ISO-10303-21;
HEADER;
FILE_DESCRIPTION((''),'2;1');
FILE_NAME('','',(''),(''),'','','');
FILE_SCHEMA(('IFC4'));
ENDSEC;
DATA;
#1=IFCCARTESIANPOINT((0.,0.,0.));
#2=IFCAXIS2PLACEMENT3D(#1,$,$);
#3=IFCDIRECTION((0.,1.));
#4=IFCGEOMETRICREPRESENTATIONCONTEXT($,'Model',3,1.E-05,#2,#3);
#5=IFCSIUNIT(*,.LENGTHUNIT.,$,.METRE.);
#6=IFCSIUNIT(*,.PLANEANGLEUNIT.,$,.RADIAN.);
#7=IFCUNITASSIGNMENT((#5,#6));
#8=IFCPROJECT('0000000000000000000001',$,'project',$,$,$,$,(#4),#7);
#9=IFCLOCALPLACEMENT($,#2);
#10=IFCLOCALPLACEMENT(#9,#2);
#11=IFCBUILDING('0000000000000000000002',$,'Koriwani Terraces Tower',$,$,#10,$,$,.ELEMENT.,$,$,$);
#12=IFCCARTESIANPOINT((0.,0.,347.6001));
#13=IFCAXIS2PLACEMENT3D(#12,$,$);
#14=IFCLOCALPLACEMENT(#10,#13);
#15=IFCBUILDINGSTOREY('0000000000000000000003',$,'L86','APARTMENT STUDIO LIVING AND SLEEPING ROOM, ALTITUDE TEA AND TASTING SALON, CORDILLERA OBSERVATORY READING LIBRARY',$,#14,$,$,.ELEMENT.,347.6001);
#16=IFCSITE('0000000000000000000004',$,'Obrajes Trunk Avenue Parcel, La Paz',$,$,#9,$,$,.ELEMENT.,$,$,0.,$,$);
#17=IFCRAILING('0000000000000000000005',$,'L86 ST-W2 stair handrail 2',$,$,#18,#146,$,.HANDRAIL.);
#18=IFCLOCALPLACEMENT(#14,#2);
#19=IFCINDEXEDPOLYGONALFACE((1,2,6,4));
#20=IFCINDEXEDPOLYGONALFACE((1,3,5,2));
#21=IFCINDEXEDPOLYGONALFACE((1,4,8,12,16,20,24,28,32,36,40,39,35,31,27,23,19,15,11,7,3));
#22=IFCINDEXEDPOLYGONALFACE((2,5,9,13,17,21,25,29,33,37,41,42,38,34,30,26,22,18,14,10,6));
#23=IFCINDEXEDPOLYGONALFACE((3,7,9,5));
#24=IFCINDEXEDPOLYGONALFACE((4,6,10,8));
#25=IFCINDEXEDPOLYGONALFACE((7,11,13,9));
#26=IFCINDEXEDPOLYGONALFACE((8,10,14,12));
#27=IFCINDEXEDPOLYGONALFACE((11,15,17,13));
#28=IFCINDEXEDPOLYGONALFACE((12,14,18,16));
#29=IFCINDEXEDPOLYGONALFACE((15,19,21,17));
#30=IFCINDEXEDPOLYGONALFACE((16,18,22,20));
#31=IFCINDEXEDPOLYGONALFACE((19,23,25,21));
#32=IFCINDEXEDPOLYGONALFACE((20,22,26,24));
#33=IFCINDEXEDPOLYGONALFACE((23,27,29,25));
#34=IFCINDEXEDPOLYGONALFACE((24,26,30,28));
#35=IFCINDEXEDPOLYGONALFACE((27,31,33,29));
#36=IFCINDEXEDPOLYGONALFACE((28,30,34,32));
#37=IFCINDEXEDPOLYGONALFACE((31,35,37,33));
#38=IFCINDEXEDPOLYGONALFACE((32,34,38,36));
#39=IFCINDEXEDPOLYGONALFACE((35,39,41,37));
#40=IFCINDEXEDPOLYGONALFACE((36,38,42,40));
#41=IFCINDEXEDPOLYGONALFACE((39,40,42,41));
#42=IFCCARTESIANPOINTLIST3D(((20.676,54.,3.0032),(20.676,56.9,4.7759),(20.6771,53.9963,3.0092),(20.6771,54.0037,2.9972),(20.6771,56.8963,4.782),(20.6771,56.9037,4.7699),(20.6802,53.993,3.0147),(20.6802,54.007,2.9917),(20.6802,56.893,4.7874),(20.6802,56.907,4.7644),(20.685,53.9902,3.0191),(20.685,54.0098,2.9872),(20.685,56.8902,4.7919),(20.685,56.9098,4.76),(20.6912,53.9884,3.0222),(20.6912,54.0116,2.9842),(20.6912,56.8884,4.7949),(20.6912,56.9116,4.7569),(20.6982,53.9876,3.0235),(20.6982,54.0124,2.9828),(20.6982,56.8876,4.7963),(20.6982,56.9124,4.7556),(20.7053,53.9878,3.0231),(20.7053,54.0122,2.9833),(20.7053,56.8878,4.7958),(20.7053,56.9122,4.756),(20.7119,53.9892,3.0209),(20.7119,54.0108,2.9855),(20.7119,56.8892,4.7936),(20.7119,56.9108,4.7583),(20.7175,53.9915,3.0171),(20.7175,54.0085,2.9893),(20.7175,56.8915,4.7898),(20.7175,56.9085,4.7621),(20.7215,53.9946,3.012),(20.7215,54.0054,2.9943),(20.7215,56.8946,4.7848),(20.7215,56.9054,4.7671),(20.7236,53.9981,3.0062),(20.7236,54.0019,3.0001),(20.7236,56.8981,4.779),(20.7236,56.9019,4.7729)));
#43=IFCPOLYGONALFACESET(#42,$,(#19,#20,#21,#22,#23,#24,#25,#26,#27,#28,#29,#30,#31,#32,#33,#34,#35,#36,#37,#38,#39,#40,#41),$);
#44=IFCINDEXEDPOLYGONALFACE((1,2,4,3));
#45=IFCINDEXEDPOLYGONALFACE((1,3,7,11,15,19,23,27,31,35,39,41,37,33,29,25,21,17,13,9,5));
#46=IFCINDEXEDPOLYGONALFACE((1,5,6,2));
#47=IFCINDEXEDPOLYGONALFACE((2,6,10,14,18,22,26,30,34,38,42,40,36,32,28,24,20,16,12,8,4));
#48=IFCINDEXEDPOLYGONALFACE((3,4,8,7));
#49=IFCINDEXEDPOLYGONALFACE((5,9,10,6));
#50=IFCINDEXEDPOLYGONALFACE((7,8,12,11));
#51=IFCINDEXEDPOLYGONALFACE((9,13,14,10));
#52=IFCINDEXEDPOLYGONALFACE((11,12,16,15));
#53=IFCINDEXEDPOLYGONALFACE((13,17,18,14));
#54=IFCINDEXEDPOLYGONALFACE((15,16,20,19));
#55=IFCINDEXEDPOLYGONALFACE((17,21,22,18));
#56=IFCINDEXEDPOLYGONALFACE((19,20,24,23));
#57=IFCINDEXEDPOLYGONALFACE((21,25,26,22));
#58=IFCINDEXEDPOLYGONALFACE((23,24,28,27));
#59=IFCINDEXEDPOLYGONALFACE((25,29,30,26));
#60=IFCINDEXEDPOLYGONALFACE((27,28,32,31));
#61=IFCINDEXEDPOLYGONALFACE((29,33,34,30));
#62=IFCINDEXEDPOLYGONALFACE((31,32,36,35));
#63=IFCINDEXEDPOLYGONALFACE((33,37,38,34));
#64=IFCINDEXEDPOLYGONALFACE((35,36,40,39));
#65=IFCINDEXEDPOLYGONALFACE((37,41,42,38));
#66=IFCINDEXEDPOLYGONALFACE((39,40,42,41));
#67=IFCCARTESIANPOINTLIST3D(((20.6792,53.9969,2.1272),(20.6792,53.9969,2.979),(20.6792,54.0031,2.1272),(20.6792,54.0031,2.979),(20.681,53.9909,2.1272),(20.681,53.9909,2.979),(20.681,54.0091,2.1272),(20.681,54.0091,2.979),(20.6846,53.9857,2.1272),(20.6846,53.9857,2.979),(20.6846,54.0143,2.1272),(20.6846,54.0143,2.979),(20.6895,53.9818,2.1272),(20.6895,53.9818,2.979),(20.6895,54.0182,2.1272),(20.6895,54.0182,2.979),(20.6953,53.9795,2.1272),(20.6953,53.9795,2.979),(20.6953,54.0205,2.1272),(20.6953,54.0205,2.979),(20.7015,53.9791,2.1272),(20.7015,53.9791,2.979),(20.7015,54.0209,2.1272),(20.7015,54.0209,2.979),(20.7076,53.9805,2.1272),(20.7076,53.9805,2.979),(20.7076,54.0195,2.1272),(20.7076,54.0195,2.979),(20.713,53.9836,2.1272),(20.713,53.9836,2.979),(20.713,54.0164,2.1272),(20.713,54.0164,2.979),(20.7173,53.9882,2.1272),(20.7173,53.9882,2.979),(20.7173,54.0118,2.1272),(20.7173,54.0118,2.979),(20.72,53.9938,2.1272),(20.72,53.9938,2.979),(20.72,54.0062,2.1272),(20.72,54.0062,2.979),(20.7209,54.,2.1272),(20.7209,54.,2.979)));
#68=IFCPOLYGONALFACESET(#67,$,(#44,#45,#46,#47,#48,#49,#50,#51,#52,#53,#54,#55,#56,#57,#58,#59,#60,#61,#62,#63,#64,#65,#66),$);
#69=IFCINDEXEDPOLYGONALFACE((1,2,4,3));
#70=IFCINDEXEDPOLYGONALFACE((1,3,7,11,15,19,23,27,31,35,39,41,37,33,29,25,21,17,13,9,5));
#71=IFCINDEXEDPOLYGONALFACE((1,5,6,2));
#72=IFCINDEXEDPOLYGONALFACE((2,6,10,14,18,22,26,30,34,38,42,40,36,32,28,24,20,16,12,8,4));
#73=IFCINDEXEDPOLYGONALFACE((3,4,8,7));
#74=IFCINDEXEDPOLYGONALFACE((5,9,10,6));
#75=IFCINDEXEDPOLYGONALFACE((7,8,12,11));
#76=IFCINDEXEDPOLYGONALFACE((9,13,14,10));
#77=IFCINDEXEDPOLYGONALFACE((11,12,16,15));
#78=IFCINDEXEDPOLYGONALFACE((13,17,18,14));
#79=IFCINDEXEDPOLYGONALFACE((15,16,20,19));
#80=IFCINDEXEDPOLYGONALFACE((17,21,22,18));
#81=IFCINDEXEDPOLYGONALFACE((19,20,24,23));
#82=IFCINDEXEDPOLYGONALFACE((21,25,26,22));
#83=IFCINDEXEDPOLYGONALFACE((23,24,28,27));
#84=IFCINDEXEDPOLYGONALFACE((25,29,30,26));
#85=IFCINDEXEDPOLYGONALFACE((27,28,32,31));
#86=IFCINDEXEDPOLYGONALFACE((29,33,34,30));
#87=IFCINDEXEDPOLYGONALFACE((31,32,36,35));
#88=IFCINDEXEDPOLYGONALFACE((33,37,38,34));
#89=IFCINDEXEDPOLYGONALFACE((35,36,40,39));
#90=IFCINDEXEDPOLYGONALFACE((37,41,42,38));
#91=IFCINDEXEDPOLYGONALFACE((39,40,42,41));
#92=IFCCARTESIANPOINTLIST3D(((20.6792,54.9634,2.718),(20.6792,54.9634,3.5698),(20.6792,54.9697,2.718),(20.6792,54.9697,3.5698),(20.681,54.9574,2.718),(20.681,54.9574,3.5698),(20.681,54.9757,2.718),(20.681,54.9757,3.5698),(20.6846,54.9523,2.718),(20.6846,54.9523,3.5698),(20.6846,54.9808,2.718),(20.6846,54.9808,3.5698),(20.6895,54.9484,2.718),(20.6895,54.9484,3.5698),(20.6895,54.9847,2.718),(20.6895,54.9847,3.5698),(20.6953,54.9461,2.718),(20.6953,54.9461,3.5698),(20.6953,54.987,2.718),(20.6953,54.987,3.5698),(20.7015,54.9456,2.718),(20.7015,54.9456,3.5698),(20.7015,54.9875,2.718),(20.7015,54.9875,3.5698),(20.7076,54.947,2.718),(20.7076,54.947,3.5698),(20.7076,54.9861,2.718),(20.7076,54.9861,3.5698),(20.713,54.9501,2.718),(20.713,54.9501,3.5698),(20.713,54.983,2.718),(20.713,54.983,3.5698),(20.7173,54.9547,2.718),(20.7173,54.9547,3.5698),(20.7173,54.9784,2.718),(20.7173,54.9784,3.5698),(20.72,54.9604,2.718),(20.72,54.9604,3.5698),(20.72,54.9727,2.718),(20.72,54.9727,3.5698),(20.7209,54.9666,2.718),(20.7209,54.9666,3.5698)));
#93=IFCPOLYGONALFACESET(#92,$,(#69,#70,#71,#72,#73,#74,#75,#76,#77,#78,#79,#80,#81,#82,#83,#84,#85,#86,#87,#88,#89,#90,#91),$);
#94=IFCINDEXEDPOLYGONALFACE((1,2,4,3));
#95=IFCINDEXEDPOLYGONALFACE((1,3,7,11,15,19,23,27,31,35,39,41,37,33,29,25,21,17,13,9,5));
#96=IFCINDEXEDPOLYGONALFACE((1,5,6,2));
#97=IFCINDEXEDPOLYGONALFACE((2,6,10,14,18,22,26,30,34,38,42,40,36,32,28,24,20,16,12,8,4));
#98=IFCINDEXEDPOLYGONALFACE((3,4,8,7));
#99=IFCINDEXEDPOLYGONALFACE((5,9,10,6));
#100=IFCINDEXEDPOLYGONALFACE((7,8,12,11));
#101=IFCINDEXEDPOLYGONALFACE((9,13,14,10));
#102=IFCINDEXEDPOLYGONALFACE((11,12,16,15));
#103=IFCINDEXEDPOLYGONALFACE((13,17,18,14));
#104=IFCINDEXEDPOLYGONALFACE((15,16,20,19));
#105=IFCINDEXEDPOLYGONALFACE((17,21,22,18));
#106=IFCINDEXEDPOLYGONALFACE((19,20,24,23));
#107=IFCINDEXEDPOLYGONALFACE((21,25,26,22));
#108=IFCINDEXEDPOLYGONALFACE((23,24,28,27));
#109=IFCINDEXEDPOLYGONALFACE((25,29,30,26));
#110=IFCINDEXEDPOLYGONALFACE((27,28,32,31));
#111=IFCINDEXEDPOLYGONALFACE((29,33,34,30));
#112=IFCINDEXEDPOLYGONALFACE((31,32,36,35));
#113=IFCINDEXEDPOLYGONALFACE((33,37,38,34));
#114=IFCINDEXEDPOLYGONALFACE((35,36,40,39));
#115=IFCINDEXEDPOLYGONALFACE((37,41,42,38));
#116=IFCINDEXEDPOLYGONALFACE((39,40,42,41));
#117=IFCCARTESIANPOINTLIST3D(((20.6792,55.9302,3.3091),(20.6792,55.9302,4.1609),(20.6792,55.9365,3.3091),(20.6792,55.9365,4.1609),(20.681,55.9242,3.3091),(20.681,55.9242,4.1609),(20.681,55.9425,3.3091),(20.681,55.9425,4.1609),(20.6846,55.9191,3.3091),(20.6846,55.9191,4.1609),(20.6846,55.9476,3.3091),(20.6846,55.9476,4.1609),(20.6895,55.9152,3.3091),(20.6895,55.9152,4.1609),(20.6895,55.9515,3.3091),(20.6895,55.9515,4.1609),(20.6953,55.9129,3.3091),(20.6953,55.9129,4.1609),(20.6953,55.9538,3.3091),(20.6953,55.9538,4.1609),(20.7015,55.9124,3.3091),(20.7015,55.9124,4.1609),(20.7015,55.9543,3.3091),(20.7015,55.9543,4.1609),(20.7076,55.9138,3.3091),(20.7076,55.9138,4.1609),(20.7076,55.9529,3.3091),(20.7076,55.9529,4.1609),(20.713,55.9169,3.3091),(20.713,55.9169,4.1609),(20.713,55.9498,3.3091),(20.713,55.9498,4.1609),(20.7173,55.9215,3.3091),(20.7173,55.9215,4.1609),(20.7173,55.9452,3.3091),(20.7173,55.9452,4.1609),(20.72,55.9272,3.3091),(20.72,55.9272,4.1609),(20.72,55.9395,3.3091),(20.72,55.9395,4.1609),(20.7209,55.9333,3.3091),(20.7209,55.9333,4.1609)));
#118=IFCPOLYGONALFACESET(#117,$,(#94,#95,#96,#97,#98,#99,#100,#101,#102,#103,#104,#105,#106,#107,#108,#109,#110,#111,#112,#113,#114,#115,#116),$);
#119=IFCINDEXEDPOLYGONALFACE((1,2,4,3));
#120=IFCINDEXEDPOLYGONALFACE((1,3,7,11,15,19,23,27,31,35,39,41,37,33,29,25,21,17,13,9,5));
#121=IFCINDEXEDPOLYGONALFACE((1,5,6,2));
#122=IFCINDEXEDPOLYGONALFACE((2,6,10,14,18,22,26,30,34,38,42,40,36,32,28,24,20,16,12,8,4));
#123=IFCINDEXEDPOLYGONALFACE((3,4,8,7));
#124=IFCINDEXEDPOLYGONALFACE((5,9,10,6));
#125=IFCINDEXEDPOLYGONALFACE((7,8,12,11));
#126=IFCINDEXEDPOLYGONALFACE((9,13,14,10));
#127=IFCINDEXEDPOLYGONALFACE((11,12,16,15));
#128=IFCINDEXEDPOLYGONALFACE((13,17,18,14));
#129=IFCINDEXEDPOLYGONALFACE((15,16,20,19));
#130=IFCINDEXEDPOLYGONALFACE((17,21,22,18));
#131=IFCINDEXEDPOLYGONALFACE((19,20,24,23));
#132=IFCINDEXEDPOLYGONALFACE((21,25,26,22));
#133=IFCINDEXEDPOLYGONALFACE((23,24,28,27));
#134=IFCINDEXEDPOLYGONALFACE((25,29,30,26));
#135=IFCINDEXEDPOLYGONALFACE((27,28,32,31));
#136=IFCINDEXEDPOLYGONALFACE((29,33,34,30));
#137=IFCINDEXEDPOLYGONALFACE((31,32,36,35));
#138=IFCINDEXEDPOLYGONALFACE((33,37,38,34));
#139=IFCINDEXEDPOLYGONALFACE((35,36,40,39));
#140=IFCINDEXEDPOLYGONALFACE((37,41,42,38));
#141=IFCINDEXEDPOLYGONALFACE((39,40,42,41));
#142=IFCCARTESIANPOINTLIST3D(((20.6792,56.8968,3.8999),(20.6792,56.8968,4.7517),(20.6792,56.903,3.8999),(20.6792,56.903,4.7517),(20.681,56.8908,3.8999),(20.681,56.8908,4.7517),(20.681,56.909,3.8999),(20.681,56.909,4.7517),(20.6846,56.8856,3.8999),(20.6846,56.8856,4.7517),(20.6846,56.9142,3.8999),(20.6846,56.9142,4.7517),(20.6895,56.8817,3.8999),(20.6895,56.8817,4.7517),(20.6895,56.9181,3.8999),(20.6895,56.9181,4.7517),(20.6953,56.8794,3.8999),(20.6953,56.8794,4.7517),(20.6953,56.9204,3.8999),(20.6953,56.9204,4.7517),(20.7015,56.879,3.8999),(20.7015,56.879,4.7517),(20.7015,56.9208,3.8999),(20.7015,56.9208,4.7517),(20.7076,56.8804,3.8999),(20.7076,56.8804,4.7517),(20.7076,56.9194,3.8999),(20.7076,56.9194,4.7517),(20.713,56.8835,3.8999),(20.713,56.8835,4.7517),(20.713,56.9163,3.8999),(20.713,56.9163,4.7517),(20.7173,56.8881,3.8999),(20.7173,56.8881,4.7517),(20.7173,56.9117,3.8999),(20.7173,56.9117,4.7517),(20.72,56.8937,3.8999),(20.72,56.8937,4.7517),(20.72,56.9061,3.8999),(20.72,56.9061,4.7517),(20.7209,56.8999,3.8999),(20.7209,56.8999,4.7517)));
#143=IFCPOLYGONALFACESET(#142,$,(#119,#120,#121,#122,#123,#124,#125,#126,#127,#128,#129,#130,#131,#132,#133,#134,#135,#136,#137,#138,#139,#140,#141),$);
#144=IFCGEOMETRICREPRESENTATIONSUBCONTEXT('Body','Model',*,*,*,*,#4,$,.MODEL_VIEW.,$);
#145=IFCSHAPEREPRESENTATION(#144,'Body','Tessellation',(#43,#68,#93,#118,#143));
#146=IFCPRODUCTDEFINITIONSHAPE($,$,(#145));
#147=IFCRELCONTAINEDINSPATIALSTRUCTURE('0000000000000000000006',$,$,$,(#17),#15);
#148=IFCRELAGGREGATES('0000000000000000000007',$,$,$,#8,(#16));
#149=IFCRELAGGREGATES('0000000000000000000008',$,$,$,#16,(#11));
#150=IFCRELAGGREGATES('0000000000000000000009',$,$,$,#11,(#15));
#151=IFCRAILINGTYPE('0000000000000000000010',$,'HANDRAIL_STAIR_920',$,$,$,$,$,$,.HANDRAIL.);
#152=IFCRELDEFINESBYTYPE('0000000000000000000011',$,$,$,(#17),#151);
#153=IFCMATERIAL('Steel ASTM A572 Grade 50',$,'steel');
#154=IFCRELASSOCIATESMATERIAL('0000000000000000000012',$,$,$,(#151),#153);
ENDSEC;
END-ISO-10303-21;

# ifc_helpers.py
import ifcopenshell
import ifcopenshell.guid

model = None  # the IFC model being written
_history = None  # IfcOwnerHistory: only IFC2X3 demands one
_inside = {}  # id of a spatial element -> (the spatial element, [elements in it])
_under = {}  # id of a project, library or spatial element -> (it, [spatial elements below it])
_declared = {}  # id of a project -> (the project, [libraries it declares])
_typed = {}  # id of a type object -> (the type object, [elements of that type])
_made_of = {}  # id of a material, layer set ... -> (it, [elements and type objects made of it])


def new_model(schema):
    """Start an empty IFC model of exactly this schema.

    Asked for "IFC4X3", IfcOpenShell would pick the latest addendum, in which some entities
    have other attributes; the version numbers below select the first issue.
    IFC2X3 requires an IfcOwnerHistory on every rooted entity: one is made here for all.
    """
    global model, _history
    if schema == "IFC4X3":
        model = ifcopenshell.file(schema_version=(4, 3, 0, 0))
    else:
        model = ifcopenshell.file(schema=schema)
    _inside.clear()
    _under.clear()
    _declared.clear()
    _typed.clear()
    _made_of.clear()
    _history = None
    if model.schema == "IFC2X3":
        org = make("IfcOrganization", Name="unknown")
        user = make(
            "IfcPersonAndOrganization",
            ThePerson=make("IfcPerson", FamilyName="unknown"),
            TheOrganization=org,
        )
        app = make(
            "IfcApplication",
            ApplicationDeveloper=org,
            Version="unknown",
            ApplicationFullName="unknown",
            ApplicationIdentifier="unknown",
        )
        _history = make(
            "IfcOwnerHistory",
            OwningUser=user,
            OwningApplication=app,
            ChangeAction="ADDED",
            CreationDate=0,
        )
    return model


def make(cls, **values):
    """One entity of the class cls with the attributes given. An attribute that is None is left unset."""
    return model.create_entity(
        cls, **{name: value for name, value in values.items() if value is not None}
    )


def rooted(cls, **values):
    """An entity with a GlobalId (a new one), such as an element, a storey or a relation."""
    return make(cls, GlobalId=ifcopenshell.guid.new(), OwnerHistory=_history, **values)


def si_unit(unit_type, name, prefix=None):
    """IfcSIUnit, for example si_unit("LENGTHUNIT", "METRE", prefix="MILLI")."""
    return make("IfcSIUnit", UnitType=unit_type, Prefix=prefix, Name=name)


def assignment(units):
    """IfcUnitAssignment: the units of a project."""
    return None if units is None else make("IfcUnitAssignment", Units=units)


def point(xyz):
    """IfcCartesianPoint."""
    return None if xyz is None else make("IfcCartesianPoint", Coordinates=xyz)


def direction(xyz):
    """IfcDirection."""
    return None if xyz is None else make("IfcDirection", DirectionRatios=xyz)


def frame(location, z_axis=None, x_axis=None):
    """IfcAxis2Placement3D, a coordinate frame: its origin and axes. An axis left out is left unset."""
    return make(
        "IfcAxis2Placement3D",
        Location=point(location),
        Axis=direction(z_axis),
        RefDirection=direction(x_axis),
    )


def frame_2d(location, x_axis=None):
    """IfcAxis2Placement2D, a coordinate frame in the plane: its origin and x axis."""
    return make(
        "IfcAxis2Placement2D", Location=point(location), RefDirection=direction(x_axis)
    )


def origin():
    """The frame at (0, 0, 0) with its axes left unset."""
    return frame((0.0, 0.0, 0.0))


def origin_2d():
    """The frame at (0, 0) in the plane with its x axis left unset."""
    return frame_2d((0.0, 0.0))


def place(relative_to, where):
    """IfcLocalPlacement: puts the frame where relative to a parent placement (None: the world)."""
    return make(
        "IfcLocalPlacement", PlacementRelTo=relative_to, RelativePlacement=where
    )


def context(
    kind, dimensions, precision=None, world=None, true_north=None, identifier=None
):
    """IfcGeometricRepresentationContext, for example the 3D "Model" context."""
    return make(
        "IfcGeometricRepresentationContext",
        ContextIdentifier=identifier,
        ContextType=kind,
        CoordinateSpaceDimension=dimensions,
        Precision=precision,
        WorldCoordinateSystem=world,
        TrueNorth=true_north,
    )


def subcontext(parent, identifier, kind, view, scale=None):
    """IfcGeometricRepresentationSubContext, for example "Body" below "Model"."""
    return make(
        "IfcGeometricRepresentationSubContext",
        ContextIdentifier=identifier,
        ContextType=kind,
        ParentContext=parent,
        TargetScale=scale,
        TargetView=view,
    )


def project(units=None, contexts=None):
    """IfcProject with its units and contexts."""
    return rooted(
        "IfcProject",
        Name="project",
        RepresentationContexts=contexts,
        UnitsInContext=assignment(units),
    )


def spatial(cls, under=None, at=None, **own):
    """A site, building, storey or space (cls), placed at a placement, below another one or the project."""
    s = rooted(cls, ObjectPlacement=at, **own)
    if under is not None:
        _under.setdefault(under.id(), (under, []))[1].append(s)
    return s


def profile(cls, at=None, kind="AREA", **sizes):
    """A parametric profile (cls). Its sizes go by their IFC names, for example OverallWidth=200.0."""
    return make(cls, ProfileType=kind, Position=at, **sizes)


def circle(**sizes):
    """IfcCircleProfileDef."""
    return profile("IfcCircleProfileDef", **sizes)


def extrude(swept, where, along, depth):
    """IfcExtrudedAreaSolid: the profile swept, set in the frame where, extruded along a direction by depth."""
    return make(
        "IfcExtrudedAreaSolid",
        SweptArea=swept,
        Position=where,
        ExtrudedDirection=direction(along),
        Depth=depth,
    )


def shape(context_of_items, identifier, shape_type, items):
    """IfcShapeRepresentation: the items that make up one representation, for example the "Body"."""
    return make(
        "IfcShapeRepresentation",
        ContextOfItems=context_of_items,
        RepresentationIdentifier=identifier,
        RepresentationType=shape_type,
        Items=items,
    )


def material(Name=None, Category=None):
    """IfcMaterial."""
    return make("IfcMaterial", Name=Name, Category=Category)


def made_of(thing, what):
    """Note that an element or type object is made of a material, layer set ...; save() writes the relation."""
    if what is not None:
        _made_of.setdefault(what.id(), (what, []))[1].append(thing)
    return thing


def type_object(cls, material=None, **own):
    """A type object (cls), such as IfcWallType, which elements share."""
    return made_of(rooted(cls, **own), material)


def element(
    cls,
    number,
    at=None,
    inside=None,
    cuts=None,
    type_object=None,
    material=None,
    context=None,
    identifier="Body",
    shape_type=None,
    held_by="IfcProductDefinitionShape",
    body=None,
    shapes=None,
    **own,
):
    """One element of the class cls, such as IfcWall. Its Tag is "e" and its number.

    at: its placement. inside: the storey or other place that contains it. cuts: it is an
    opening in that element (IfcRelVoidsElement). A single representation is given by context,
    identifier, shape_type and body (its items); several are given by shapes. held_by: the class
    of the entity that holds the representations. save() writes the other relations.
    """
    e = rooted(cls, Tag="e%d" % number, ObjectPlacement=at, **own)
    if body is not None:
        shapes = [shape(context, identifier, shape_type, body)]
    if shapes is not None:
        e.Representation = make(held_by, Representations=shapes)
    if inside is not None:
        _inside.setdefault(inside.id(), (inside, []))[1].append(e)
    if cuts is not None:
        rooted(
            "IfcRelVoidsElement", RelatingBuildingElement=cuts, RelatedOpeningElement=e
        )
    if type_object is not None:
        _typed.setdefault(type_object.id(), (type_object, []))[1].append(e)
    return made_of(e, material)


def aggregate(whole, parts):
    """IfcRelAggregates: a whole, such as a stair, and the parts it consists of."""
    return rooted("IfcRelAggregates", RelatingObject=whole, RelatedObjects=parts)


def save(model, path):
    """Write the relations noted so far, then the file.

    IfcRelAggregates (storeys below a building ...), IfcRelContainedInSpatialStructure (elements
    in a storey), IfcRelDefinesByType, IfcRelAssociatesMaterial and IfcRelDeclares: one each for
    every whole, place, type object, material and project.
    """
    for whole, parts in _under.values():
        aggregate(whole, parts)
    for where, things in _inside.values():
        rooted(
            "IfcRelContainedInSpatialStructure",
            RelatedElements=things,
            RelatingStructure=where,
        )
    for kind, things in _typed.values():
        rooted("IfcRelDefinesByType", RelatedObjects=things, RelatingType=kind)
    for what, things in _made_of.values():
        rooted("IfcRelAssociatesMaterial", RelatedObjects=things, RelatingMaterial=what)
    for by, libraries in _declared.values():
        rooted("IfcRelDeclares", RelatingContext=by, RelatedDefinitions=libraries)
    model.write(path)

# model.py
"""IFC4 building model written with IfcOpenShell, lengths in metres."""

from ifc_helpers import new_model, si_unit, direction, frame, origin, origin_2d, place, context, subcontext, project, spatial, circle, extrude, material, type_object, element, save


model = new_model("IFC4")

# Units and contexts
model_context = context("Model", 3, precision=1e-05, world=origin(), true_north=direction((0.0, 1.0)))
body_context = subcontext(model_context, "Body", "Model", "MODEL_VIEW")
ifc_project = project(units=[si_unit("LENGTHUNIT", "METRE"), si_unit("PLANEANGLEUNIT", "RADIAN")], contexts=[model_context])

# Site, building, storey
site_placement = place(None, origin())
site = spatial("IfcSite", under=ifc_project, at=site_placement, Name="Obrajes Trunk Avenue Parcel, La Paz", CompositionType="ELEMENT", RefElevation=0.0)
building_placement = place(site_placement, origin())
building = spatial("IfcBuilding", under=site, at=building_placement, Name="Koriwani Terraces Tower", CompositionType="ELEMENT")
storey_placement = place(building_placement, frame((0.0, 0.0, 347.6001)))
storey = spatial("IfcBuildingStorey", under=building, at=storey_placement, Name="L86", Description="APARTMENT STUDIO LIVING AND SLEEPING ROOM, ALTITUDE TEA AND TASTING SALON, CORDILLERA OBSERVATORY READING LIBRARY", CompositionType="ELEMENT", Elevation=347.6001)

# Shared definitions
ifc_material_1 = material(Name="Steel ASTM A572 Grade 50", Category="steel")

# Railing
railing_type = type_object("IfcRailingType", Name="HANDRAIL_STAIR_920", PredefinedType="HANDRAIL", material=ifc_material_1)
railing_placement = place(storey_placement, frame((20.7, 54.0, 2.1272)))
element("IfcRailing", 1, at=railing_placement, inside=storey, type_object=railing_type, Name="L86 ST-W2 stair handrail 2", PredefinedType="HANDRAIL", context=body_context, shape_type="SweptSolid", body=[
    extrude(circle(Radius=0.0239, at=origin_2d()), frame((0.0, 0.0, 0.876), z_axis=(0.0, 0.853211, 0.521566), x_axis=(-1.0, 0.0, 0.0)), (0.0, 0.0, 1.0), 3.3989),
    extrude(circle(Radius=0.021, at=origin_2d()), origin(), (0.0, 0.0, 1.0), 0.8518),
    extrude(circle(Radius=0.021, at=origin_2d()), frame((0.0, 0.9666, 0.5908)), (0.0, 0.0, 1.0), 0.8518),
    extrude(circle(Radius=0.021, at=origin_2d()), frame((0.0, 1.9333, 1.1819)), (0.0, 0.0, 1.0), 0.8518),
    extrude(circle(Radius=0.021, at=origin_2d()), frame((0.0, 2.8999, 1.7727)), (0.0, 0.0, 1.0), 0.8518),
])

save(model, "model.ifc")
